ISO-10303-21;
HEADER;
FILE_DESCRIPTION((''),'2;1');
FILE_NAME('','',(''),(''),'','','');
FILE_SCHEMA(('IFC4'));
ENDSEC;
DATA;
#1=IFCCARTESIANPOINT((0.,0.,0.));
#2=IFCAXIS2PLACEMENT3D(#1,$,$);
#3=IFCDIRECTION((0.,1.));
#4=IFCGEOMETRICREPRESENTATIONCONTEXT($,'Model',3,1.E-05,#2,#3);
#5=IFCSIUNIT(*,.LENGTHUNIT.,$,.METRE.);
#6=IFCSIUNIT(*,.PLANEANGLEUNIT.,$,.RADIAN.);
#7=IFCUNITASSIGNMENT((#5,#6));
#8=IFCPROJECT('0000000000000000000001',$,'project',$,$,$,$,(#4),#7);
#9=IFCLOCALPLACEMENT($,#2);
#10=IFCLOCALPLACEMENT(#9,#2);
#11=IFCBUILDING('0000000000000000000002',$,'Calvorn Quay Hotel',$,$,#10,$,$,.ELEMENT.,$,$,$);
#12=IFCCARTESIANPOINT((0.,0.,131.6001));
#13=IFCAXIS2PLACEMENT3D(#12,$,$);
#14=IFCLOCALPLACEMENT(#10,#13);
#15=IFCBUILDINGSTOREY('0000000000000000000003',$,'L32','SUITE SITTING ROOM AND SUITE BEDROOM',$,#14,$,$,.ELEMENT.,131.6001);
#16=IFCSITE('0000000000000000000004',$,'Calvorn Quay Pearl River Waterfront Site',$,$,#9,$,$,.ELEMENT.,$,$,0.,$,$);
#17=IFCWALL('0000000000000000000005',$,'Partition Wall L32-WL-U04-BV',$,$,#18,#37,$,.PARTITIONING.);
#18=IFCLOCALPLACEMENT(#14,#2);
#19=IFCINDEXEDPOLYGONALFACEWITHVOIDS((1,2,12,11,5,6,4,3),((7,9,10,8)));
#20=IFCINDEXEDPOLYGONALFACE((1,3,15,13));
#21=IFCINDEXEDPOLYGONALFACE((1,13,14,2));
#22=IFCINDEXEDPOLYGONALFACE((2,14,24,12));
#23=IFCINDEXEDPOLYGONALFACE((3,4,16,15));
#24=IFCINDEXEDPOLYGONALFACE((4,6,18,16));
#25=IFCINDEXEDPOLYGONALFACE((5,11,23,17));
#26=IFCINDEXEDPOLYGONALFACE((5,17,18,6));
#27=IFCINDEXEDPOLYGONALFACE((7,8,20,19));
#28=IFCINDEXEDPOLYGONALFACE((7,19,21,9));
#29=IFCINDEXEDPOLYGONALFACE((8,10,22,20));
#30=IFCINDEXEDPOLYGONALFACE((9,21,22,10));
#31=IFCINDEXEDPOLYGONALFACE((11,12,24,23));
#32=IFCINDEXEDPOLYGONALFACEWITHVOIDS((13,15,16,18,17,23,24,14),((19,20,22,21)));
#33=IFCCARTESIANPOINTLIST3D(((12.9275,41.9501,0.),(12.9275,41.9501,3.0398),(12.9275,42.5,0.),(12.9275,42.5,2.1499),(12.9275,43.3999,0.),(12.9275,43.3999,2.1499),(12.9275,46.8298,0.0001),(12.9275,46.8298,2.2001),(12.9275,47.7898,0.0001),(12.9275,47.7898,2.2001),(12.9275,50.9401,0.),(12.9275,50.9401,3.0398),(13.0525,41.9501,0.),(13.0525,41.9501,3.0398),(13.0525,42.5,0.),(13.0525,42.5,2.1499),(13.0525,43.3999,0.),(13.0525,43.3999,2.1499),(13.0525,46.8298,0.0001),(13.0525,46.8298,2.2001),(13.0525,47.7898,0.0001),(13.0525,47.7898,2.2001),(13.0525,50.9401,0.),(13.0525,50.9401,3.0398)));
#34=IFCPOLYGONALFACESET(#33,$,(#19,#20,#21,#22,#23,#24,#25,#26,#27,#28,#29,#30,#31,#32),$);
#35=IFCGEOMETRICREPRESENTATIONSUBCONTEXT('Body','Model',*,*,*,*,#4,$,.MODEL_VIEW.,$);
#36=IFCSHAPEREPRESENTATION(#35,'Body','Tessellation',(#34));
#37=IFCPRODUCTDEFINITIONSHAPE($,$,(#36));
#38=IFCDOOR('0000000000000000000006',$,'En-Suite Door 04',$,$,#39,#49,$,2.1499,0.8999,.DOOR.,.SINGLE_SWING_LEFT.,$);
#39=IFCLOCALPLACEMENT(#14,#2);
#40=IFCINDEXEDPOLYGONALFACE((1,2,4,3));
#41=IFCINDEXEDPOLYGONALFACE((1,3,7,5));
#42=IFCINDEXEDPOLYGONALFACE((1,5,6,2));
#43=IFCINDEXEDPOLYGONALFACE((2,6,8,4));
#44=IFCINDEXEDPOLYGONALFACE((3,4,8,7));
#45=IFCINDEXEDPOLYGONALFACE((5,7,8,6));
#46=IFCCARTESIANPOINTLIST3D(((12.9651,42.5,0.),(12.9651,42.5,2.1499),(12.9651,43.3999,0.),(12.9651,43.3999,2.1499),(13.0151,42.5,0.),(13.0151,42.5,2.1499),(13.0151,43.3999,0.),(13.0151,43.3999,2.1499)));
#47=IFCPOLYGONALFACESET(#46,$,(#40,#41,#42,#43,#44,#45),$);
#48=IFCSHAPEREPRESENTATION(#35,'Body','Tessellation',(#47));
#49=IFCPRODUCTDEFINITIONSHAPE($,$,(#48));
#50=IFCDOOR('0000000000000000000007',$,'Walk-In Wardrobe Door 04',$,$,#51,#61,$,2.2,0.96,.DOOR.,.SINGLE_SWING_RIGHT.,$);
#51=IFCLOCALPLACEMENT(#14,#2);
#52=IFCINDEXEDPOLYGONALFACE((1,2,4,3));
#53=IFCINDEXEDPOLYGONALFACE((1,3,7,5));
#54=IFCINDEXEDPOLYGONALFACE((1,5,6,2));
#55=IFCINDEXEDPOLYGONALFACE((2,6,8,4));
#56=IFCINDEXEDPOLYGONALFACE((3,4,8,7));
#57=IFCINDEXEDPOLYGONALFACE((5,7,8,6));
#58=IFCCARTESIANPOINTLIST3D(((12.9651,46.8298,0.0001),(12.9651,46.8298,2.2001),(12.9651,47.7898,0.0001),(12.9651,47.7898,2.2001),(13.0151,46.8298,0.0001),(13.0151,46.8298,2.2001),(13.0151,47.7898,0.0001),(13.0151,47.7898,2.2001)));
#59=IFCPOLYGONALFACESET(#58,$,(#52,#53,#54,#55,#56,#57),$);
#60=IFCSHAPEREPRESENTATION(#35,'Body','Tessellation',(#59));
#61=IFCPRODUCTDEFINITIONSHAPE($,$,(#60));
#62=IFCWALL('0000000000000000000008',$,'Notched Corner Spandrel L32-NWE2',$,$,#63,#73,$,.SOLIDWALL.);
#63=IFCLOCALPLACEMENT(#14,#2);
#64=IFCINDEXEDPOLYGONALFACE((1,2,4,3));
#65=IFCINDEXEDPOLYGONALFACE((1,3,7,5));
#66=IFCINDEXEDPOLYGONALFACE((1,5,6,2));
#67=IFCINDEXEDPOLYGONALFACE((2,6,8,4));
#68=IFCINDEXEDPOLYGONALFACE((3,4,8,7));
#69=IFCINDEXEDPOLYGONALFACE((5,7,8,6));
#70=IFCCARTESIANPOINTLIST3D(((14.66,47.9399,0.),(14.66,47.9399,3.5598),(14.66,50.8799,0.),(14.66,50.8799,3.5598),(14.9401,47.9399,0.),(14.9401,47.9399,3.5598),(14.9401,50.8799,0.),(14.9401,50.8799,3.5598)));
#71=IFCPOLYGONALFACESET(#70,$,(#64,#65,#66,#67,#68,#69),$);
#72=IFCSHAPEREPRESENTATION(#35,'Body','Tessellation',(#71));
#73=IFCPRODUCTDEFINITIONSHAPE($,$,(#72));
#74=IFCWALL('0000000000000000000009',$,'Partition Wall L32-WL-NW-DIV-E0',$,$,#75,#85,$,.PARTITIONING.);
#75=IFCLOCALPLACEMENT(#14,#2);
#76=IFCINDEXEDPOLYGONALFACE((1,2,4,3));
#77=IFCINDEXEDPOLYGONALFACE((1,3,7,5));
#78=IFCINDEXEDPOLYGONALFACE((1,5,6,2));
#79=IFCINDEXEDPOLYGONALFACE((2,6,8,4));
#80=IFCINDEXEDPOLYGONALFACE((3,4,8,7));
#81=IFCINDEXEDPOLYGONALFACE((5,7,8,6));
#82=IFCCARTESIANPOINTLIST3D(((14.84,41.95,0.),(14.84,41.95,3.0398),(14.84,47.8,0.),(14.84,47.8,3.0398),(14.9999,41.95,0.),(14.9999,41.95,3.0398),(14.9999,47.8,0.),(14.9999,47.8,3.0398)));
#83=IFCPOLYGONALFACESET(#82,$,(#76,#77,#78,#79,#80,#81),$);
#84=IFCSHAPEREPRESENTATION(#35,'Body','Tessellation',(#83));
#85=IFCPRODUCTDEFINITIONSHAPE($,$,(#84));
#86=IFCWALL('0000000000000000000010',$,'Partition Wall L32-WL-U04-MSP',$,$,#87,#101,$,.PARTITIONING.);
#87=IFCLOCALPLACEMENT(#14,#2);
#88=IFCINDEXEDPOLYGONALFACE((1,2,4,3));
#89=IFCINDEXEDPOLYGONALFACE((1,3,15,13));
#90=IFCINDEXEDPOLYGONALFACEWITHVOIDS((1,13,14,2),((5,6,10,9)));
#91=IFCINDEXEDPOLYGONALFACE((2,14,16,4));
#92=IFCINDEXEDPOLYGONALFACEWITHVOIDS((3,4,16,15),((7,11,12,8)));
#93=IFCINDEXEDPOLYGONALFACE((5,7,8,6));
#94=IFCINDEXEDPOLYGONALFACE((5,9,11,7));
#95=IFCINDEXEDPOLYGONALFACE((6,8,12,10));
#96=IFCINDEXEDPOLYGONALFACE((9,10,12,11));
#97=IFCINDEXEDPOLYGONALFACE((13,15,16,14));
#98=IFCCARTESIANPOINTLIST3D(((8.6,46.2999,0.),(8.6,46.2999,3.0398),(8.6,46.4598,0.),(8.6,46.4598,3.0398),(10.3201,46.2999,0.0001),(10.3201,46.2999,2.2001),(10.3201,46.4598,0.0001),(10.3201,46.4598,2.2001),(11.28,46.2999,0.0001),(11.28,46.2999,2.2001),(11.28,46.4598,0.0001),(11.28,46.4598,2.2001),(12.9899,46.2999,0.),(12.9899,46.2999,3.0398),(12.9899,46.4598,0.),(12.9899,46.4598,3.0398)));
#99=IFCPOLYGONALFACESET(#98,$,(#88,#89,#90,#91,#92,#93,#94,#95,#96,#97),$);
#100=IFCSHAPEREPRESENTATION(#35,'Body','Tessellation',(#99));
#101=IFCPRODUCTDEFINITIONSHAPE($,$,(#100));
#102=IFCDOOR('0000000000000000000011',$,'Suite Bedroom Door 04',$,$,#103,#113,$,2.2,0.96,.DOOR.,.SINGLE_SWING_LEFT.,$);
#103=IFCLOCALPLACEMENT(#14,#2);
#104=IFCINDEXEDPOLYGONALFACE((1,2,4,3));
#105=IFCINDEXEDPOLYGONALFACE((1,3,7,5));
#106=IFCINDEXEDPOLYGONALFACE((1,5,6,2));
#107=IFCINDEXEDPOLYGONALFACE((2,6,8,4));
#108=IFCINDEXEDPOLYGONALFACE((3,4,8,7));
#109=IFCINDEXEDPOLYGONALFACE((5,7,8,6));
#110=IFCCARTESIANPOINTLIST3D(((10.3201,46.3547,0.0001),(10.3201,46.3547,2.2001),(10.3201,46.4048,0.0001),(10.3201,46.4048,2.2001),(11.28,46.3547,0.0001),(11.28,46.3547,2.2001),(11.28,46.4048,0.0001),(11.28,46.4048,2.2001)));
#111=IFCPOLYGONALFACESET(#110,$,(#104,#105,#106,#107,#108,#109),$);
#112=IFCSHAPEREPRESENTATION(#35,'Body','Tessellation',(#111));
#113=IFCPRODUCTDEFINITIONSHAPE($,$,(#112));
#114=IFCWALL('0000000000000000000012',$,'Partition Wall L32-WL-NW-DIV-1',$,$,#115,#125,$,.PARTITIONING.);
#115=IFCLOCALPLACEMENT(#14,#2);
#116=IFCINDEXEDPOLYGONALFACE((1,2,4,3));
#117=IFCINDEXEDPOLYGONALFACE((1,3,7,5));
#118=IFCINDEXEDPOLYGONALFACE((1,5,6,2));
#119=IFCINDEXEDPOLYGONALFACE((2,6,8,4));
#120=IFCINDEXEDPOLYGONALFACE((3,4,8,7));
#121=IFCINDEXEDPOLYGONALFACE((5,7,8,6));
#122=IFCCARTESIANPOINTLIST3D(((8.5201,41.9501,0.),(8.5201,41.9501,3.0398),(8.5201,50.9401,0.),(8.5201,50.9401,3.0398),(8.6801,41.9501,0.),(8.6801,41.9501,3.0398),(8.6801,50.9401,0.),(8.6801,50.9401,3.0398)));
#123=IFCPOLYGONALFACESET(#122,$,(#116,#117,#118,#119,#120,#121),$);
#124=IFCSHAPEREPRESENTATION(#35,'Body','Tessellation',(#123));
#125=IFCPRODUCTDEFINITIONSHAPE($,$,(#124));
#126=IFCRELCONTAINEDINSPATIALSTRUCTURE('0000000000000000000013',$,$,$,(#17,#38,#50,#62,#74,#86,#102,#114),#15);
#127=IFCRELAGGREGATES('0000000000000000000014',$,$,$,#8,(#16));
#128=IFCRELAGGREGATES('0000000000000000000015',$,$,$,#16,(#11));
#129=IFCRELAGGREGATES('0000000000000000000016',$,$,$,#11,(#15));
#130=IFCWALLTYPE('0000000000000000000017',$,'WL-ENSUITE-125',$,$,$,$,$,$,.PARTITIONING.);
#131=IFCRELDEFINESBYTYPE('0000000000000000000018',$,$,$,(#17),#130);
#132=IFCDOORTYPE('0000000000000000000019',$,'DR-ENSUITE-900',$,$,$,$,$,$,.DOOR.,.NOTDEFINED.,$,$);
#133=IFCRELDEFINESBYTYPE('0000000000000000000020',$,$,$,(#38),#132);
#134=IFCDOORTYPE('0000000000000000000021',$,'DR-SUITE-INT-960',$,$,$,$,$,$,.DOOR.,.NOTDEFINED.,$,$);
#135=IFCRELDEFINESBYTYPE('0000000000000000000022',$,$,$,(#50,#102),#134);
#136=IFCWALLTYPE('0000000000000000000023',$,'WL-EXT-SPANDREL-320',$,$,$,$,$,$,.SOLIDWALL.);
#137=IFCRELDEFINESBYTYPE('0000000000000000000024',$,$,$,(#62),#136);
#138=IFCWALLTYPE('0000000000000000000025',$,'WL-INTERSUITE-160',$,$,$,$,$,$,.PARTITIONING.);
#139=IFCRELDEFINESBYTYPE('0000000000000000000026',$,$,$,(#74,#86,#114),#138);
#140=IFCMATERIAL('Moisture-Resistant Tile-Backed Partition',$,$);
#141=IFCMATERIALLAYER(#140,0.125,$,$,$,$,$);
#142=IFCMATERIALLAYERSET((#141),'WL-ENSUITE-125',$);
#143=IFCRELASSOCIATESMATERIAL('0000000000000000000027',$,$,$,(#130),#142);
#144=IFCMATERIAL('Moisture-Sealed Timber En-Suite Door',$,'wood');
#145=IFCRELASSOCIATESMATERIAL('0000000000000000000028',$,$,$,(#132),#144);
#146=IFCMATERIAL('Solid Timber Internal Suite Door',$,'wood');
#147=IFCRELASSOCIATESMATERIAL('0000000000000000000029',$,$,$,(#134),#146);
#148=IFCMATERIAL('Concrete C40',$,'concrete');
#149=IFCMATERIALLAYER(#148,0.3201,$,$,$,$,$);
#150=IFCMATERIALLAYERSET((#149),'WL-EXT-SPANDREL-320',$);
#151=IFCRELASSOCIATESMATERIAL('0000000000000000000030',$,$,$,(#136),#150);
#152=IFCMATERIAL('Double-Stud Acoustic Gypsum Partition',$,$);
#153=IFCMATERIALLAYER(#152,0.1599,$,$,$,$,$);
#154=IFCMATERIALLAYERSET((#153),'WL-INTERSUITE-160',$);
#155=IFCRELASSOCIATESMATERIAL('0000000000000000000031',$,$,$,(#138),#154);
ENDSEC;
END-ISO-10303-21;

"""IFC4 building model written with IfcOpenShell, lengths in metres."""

from ifc_helpers import new_model, si_unit, direction, frame, frame_2d, origin, place, context, subcontext, project, spatial, rectangle, extrude, material, layer, layer_set, type_object, element, fill, save


model = new_model("IFC4")

# Units and contexts
model_context = context("Model", 3, precision=1e-05, world=origin(), true_north=direction((0.0, 1.0)))
body_context = subcontext(model_context, "Body", "Model", "MODEL_VIEW")
ifc_project = project(units=[si_unit("LENGTHUNIT", "METRE"), si_unit("PLANEANGLEUNIT", "RADIAN")], contexts=[model_context])

# Site, building, storey
site_placement = place(None, origin())
site = spatial("IfcSite", under=ifc_project, at=site_placement, Name="Calvorn Quay Pearl River Waterfront Site", CompositionType="ELEMENT", RefElevation=0.0)
building_placement = place(site_placement, origin())
building = spatial("IfcBuilding", under=site, at=building_placement, Name="Calvorn Quay Hotel", CompositionType="ELEMENT")
storey_placement = place(building_placement, frame((0.0, 0.0, 131.6001)))
storey = spatial("IfcBuildingStorey", under=building, at=storey_placement, Name="L32", Description="SUITE SITTING ROOM AND SUITE BEDROOM", CompositionType="ELEMENT", Elevation=131.6001)

# Shared definitions
ifc_material_1 = material(Name="Moisture-Resistant Tile-Backed Partition")
ifc_layer_1 = layer(ifc_material_1, 0.125)
ifc_layer_set_1 = layer_set([ifc_layer_1], Name="WL-ENSUITE-125")
wall_type_1 = type_object("IfcWallType", Name="WL-ENSUITE-125", PredefinedType="PARTITIONING", material=ifc_layer_set_1)

# Shared definitions
ifc_material_2 = material(Name="Moisture-Sealed Timber En-Suite Door", Category="wood")
door_type_1 = type_object("IfcDoorType", Name="DR-ENSUITE-900", OperationType="NOTDEFINED", PredefinedType="DOOR", material=ifc_material_2)
ifc_material_3 = material(Name="Solid Timber Internal Suite Door", Category="wood")
door_type_2 = type_object("IfcDoorType", Name="DR-SUITE-INT-960", OperationType="NOTDEFINED", PredefinedType="DOOR", material=ifc_material_3)

# Wall, openings, doors
wall_1_placement = place(storey_placement, frame((12.99, 41.95, 0.0), z_axis=(0.0, 0.0, 1.0), x_axis=(0.0, 1.0, 0.0)))
wall_1 = element("IfcWall", 1, at=wall_1_placement, inside=storey, type_object=wall_type_1, Name="Partition Wall L32-WL-U04-BV", PredefinedType="PARTITIONING", context=body_context, shape_type="SweptSolid", body=[
    extrude(rectangle(XDim=8.99, YDim=0.125, at=frame_2d((4.4951, 0.0))), origin(), (0.0, 0.0, 1.0), 3.0398),
])
opening_1_placement = place(wall_1_placement, frame((0.55, 0.0, 0.0)))
opening_1 = element("IfcOpeningElement", 2, at=opening_1_placement, cuts=wall_1, PredefinedType="OPENING", context=body_context, shape_type="SweptSolid", body=[
    extrude(rectangle(XDim=0.8999, YDim=2.1499, at=frame_2d((0.45, 1.075))), frame((0.0, 0.0725, 0.0), z_axis=(0.0, -1.0, 0.0), x_axis=(1.0, 0.0, 0.0)), (0.0, 0.0, 1.0), 0.145),
])
opening_2_placement = place(wall_1_placement, frame((4.8799, 0.0, 0.0)))
opening_2 = element("IfcOpeningElement", 3, at=opening_2_placement, cuts=wall_1, PredefinedType="OPENING", context=body_context, shape_type="SweptSolid", body=[
    extrude(rectangle(XDim=0.96, YDim=2.2, at=frame_2d((0.48, 1.1001))), frame((0.0, 0.0725, 0.0), z_axis=(0.0, -1.0, 0.0), x_axis=(1.0, 0.0, 0.0)), (0.0, 0.0, 1.0), 0.145),
])
door_1_placement = place(opening_1_placement, origin())
door_1 = element("IfcDoor", 4, at=door_1_placement, inside=storey, type_object=door_type_1, Name="En-Suite Door 04", OperationType="SINGLE_SWING_LEFT", OverallHeight=2.1499, OverallWidth=0.8999, PredefinedType="DOOR", context=body_context, shape_type="SweptSolid", body=[
    extrude(rectangle(XDim=0.8999, YDim=2.1499, at=frame_2d((0.45, 1.075))), frame((0.0, 0.0249, 0.0), z_axis=(0.0, -1.0, 0.0), x_axis=(1.0, 0.0, 0.0)), (0.0, 0.0, 1.0), 0.05),
])
fill(opening_1, door_1)
door_2_placement = place(opening_2_placement, origin())
door_2 = element("IfcDoor", 5, at=door_2_placement, inside=storey, type_object=door_type_2, Name="Walk-In Wardrobe Door 04", OperationType="SINGLE_SWING_RIGHT", OverallHeight=2.2, OverallWidth=0.96, PredefinedType="DOOR", context=body_context, shape_type="SweptSolid", body=[
    extrude(rectangle(XDim=0.96, YDim=2.2, at=frame_2d((0.48, 1.1001))), frame((0.0, 0.0249, 0.0), z_axis=(0.0, -1.0, 0.0), x_axis=(1.0, 0.0, 0.0)), (0.0, 0.0, 1.0), 0.05),
])
fill(opening_2, door_2)

# Walls
ifc_material_4 = material(Name="Concrete C40", Category="concrete")
ifc_layer_2 = layer(ifc_material_4, 0.3201)
ifc_layer_set_2 = layer_set([ifc_layer_2], Name="WL-EXT-SPANDREL-320")
wall_type_2 = type_object("IfcWallType", Name="WL-EXT-SPANDREL-320", PredefinedType="SOLIDWALL", material=ifc_layer_set_2)
wall_2_placement = place(storey_placement, frame((14.8, 47.9399, 0.0), z_axis=(0.0, 0.0, 1.0), x_axis=(0.0, 1.0, 0.0)))
element("IfcWall", 6, at=wall_2_placement, inside=storey, type_object=wall_type_2, Name="Notched Corner Spandrel L32-NWE2", PredefinedType="SOLIDWALL", context=body_context, shape_type="SweptSolid", body=[
    extrude(rectangle(XDim=2.9399, YDim=0.28, at=frame_2d((1.47, 0.0))), origin(), (0.0, 0.0, 1.0), 3.5598),
])
ifc_material_5 = material(Name="Double-Stud Acoustic Gypsum Partition")
ifc_layer_3 = layer(ifc_material_5, 0.1599)
ifc_layer_set_3 = layer_set([ifc_layer_3], Name="WL-INTERSUITE-160")
wall_type_3 = type_object("IfcWallType", Name="WL-INTERSUITE-160", PredefinedType="PARTITIONING", material=ifc_layer_set_3)
wall_3_placement = place(storey_placement, frame((14.9199, 41.95, 0.0), z_axis=(0.0, 0.0, 1.0), x_axis=(0.0, 1.0, 0.0)))
element("IfcWall", 7, at=wall_3_placement, inside=storey, type_object=wall_type_3, Name="Partition Wall L32-WL-NW-DIV-E0", PredefinedType="PARTITIONING", context=body_context, shape_type="SweptSolid", body=[
    extrude(rectangle(XDim=5.8501, YDim=0.1599, at=frame_2d((2.925, 0.0))), origin(), (0.0, 0.0, 1.0), 3.0398),
])

# Wall, opening, door
wall_4_placement = place(storey_placement, frame((8.6001, 46.3799, 0.0), z_axis=(0.0, 0.0, 1.0), x_axis=(1.0, 0.0, 0.0)))
wall_4 = element("IfcWall", 8, at=wall_4_placement, inside=storey, type_object=wall_type_3, Name="Partition Wall L32-WL-U04-MSP", PredefinedType="PARTITIONING", context=body_context, shape_type="SweptSolid", body=[
    extrude(rectangle(XDim=4.3899, YDim=0.1599, at=frame_2d((2.1948, 0.0))), origin(), (0.0, 0.0, 1.0), 3.0398),
])
opening_3_placement = place(wall_4_placement, frame((1.72, 0.0, 0.0)))
opening_3 = element("IfcOpeningElement", 9, at=opening_3_placement, cuts=wall_4, PredefinedType="OPENING", context=body_context, shape_type="SweptSolid", body=[
    extrude(rectangle(XDim=0.96, YDim=2.2, at=frame_2d((0.48, 1.1001))), frame((0.0, 0.0898, 0.0), z_axis=(0.0, -1.0, 0.0), x_axis=(1.0, 0.0, 0.0)), (0.0, 0.0, 1.0), 0.1799),
])
door_3_placement = place(opening_3_placement, origin())
door_3 = element("IfcDoor", 10, at=door_3_placement, inside=storey, type_object=door_type_2, Name="Suite Bedroom Door 04", OperationType="SINGLE_SWING_LEFT", OverallHeight=2.2, OverallWidth=0.96, PredefinedType="DOOR", context=body_context, shape_type="SweptSolid", body=[
    extrude(rectangle(XDim=0.96, YDim=2.2, at=frame_2d((0.48, 1.1001))), frame((0.0, 0.0249, 0.0), z_axis=(0.0, -1.0, 0.0), x_axis=(1.0, 0.0, 0.0)), (0.0, 0.0, 1.0), 0.05),
])
fill(opening_3, door_3)

# Wall
wall_5_placement = place(storey_placement, frame((8.6001, 41.95, 0.0), z_axis=(0.0, 0.0, 1.0), x_axis=(0.0, 1.0, 0.0)))
element("IfcWall", 11, at=wall_5_placement, inside=storey, type_object=wall_type_3, Name="Partition Wall L32-WL-NW-DIV-1", PredefinedType="PARTITIONING", context=body_context, shape_type="SweptSolid", body=[
    extrude(rectangle(XDim=8.99, YDim=0.1599, at=frame_2d((4.4951, 0.0))), origin(), (0.0, 0.0, 1.0), 3.0398),
])

save(model, "model.ifc")
